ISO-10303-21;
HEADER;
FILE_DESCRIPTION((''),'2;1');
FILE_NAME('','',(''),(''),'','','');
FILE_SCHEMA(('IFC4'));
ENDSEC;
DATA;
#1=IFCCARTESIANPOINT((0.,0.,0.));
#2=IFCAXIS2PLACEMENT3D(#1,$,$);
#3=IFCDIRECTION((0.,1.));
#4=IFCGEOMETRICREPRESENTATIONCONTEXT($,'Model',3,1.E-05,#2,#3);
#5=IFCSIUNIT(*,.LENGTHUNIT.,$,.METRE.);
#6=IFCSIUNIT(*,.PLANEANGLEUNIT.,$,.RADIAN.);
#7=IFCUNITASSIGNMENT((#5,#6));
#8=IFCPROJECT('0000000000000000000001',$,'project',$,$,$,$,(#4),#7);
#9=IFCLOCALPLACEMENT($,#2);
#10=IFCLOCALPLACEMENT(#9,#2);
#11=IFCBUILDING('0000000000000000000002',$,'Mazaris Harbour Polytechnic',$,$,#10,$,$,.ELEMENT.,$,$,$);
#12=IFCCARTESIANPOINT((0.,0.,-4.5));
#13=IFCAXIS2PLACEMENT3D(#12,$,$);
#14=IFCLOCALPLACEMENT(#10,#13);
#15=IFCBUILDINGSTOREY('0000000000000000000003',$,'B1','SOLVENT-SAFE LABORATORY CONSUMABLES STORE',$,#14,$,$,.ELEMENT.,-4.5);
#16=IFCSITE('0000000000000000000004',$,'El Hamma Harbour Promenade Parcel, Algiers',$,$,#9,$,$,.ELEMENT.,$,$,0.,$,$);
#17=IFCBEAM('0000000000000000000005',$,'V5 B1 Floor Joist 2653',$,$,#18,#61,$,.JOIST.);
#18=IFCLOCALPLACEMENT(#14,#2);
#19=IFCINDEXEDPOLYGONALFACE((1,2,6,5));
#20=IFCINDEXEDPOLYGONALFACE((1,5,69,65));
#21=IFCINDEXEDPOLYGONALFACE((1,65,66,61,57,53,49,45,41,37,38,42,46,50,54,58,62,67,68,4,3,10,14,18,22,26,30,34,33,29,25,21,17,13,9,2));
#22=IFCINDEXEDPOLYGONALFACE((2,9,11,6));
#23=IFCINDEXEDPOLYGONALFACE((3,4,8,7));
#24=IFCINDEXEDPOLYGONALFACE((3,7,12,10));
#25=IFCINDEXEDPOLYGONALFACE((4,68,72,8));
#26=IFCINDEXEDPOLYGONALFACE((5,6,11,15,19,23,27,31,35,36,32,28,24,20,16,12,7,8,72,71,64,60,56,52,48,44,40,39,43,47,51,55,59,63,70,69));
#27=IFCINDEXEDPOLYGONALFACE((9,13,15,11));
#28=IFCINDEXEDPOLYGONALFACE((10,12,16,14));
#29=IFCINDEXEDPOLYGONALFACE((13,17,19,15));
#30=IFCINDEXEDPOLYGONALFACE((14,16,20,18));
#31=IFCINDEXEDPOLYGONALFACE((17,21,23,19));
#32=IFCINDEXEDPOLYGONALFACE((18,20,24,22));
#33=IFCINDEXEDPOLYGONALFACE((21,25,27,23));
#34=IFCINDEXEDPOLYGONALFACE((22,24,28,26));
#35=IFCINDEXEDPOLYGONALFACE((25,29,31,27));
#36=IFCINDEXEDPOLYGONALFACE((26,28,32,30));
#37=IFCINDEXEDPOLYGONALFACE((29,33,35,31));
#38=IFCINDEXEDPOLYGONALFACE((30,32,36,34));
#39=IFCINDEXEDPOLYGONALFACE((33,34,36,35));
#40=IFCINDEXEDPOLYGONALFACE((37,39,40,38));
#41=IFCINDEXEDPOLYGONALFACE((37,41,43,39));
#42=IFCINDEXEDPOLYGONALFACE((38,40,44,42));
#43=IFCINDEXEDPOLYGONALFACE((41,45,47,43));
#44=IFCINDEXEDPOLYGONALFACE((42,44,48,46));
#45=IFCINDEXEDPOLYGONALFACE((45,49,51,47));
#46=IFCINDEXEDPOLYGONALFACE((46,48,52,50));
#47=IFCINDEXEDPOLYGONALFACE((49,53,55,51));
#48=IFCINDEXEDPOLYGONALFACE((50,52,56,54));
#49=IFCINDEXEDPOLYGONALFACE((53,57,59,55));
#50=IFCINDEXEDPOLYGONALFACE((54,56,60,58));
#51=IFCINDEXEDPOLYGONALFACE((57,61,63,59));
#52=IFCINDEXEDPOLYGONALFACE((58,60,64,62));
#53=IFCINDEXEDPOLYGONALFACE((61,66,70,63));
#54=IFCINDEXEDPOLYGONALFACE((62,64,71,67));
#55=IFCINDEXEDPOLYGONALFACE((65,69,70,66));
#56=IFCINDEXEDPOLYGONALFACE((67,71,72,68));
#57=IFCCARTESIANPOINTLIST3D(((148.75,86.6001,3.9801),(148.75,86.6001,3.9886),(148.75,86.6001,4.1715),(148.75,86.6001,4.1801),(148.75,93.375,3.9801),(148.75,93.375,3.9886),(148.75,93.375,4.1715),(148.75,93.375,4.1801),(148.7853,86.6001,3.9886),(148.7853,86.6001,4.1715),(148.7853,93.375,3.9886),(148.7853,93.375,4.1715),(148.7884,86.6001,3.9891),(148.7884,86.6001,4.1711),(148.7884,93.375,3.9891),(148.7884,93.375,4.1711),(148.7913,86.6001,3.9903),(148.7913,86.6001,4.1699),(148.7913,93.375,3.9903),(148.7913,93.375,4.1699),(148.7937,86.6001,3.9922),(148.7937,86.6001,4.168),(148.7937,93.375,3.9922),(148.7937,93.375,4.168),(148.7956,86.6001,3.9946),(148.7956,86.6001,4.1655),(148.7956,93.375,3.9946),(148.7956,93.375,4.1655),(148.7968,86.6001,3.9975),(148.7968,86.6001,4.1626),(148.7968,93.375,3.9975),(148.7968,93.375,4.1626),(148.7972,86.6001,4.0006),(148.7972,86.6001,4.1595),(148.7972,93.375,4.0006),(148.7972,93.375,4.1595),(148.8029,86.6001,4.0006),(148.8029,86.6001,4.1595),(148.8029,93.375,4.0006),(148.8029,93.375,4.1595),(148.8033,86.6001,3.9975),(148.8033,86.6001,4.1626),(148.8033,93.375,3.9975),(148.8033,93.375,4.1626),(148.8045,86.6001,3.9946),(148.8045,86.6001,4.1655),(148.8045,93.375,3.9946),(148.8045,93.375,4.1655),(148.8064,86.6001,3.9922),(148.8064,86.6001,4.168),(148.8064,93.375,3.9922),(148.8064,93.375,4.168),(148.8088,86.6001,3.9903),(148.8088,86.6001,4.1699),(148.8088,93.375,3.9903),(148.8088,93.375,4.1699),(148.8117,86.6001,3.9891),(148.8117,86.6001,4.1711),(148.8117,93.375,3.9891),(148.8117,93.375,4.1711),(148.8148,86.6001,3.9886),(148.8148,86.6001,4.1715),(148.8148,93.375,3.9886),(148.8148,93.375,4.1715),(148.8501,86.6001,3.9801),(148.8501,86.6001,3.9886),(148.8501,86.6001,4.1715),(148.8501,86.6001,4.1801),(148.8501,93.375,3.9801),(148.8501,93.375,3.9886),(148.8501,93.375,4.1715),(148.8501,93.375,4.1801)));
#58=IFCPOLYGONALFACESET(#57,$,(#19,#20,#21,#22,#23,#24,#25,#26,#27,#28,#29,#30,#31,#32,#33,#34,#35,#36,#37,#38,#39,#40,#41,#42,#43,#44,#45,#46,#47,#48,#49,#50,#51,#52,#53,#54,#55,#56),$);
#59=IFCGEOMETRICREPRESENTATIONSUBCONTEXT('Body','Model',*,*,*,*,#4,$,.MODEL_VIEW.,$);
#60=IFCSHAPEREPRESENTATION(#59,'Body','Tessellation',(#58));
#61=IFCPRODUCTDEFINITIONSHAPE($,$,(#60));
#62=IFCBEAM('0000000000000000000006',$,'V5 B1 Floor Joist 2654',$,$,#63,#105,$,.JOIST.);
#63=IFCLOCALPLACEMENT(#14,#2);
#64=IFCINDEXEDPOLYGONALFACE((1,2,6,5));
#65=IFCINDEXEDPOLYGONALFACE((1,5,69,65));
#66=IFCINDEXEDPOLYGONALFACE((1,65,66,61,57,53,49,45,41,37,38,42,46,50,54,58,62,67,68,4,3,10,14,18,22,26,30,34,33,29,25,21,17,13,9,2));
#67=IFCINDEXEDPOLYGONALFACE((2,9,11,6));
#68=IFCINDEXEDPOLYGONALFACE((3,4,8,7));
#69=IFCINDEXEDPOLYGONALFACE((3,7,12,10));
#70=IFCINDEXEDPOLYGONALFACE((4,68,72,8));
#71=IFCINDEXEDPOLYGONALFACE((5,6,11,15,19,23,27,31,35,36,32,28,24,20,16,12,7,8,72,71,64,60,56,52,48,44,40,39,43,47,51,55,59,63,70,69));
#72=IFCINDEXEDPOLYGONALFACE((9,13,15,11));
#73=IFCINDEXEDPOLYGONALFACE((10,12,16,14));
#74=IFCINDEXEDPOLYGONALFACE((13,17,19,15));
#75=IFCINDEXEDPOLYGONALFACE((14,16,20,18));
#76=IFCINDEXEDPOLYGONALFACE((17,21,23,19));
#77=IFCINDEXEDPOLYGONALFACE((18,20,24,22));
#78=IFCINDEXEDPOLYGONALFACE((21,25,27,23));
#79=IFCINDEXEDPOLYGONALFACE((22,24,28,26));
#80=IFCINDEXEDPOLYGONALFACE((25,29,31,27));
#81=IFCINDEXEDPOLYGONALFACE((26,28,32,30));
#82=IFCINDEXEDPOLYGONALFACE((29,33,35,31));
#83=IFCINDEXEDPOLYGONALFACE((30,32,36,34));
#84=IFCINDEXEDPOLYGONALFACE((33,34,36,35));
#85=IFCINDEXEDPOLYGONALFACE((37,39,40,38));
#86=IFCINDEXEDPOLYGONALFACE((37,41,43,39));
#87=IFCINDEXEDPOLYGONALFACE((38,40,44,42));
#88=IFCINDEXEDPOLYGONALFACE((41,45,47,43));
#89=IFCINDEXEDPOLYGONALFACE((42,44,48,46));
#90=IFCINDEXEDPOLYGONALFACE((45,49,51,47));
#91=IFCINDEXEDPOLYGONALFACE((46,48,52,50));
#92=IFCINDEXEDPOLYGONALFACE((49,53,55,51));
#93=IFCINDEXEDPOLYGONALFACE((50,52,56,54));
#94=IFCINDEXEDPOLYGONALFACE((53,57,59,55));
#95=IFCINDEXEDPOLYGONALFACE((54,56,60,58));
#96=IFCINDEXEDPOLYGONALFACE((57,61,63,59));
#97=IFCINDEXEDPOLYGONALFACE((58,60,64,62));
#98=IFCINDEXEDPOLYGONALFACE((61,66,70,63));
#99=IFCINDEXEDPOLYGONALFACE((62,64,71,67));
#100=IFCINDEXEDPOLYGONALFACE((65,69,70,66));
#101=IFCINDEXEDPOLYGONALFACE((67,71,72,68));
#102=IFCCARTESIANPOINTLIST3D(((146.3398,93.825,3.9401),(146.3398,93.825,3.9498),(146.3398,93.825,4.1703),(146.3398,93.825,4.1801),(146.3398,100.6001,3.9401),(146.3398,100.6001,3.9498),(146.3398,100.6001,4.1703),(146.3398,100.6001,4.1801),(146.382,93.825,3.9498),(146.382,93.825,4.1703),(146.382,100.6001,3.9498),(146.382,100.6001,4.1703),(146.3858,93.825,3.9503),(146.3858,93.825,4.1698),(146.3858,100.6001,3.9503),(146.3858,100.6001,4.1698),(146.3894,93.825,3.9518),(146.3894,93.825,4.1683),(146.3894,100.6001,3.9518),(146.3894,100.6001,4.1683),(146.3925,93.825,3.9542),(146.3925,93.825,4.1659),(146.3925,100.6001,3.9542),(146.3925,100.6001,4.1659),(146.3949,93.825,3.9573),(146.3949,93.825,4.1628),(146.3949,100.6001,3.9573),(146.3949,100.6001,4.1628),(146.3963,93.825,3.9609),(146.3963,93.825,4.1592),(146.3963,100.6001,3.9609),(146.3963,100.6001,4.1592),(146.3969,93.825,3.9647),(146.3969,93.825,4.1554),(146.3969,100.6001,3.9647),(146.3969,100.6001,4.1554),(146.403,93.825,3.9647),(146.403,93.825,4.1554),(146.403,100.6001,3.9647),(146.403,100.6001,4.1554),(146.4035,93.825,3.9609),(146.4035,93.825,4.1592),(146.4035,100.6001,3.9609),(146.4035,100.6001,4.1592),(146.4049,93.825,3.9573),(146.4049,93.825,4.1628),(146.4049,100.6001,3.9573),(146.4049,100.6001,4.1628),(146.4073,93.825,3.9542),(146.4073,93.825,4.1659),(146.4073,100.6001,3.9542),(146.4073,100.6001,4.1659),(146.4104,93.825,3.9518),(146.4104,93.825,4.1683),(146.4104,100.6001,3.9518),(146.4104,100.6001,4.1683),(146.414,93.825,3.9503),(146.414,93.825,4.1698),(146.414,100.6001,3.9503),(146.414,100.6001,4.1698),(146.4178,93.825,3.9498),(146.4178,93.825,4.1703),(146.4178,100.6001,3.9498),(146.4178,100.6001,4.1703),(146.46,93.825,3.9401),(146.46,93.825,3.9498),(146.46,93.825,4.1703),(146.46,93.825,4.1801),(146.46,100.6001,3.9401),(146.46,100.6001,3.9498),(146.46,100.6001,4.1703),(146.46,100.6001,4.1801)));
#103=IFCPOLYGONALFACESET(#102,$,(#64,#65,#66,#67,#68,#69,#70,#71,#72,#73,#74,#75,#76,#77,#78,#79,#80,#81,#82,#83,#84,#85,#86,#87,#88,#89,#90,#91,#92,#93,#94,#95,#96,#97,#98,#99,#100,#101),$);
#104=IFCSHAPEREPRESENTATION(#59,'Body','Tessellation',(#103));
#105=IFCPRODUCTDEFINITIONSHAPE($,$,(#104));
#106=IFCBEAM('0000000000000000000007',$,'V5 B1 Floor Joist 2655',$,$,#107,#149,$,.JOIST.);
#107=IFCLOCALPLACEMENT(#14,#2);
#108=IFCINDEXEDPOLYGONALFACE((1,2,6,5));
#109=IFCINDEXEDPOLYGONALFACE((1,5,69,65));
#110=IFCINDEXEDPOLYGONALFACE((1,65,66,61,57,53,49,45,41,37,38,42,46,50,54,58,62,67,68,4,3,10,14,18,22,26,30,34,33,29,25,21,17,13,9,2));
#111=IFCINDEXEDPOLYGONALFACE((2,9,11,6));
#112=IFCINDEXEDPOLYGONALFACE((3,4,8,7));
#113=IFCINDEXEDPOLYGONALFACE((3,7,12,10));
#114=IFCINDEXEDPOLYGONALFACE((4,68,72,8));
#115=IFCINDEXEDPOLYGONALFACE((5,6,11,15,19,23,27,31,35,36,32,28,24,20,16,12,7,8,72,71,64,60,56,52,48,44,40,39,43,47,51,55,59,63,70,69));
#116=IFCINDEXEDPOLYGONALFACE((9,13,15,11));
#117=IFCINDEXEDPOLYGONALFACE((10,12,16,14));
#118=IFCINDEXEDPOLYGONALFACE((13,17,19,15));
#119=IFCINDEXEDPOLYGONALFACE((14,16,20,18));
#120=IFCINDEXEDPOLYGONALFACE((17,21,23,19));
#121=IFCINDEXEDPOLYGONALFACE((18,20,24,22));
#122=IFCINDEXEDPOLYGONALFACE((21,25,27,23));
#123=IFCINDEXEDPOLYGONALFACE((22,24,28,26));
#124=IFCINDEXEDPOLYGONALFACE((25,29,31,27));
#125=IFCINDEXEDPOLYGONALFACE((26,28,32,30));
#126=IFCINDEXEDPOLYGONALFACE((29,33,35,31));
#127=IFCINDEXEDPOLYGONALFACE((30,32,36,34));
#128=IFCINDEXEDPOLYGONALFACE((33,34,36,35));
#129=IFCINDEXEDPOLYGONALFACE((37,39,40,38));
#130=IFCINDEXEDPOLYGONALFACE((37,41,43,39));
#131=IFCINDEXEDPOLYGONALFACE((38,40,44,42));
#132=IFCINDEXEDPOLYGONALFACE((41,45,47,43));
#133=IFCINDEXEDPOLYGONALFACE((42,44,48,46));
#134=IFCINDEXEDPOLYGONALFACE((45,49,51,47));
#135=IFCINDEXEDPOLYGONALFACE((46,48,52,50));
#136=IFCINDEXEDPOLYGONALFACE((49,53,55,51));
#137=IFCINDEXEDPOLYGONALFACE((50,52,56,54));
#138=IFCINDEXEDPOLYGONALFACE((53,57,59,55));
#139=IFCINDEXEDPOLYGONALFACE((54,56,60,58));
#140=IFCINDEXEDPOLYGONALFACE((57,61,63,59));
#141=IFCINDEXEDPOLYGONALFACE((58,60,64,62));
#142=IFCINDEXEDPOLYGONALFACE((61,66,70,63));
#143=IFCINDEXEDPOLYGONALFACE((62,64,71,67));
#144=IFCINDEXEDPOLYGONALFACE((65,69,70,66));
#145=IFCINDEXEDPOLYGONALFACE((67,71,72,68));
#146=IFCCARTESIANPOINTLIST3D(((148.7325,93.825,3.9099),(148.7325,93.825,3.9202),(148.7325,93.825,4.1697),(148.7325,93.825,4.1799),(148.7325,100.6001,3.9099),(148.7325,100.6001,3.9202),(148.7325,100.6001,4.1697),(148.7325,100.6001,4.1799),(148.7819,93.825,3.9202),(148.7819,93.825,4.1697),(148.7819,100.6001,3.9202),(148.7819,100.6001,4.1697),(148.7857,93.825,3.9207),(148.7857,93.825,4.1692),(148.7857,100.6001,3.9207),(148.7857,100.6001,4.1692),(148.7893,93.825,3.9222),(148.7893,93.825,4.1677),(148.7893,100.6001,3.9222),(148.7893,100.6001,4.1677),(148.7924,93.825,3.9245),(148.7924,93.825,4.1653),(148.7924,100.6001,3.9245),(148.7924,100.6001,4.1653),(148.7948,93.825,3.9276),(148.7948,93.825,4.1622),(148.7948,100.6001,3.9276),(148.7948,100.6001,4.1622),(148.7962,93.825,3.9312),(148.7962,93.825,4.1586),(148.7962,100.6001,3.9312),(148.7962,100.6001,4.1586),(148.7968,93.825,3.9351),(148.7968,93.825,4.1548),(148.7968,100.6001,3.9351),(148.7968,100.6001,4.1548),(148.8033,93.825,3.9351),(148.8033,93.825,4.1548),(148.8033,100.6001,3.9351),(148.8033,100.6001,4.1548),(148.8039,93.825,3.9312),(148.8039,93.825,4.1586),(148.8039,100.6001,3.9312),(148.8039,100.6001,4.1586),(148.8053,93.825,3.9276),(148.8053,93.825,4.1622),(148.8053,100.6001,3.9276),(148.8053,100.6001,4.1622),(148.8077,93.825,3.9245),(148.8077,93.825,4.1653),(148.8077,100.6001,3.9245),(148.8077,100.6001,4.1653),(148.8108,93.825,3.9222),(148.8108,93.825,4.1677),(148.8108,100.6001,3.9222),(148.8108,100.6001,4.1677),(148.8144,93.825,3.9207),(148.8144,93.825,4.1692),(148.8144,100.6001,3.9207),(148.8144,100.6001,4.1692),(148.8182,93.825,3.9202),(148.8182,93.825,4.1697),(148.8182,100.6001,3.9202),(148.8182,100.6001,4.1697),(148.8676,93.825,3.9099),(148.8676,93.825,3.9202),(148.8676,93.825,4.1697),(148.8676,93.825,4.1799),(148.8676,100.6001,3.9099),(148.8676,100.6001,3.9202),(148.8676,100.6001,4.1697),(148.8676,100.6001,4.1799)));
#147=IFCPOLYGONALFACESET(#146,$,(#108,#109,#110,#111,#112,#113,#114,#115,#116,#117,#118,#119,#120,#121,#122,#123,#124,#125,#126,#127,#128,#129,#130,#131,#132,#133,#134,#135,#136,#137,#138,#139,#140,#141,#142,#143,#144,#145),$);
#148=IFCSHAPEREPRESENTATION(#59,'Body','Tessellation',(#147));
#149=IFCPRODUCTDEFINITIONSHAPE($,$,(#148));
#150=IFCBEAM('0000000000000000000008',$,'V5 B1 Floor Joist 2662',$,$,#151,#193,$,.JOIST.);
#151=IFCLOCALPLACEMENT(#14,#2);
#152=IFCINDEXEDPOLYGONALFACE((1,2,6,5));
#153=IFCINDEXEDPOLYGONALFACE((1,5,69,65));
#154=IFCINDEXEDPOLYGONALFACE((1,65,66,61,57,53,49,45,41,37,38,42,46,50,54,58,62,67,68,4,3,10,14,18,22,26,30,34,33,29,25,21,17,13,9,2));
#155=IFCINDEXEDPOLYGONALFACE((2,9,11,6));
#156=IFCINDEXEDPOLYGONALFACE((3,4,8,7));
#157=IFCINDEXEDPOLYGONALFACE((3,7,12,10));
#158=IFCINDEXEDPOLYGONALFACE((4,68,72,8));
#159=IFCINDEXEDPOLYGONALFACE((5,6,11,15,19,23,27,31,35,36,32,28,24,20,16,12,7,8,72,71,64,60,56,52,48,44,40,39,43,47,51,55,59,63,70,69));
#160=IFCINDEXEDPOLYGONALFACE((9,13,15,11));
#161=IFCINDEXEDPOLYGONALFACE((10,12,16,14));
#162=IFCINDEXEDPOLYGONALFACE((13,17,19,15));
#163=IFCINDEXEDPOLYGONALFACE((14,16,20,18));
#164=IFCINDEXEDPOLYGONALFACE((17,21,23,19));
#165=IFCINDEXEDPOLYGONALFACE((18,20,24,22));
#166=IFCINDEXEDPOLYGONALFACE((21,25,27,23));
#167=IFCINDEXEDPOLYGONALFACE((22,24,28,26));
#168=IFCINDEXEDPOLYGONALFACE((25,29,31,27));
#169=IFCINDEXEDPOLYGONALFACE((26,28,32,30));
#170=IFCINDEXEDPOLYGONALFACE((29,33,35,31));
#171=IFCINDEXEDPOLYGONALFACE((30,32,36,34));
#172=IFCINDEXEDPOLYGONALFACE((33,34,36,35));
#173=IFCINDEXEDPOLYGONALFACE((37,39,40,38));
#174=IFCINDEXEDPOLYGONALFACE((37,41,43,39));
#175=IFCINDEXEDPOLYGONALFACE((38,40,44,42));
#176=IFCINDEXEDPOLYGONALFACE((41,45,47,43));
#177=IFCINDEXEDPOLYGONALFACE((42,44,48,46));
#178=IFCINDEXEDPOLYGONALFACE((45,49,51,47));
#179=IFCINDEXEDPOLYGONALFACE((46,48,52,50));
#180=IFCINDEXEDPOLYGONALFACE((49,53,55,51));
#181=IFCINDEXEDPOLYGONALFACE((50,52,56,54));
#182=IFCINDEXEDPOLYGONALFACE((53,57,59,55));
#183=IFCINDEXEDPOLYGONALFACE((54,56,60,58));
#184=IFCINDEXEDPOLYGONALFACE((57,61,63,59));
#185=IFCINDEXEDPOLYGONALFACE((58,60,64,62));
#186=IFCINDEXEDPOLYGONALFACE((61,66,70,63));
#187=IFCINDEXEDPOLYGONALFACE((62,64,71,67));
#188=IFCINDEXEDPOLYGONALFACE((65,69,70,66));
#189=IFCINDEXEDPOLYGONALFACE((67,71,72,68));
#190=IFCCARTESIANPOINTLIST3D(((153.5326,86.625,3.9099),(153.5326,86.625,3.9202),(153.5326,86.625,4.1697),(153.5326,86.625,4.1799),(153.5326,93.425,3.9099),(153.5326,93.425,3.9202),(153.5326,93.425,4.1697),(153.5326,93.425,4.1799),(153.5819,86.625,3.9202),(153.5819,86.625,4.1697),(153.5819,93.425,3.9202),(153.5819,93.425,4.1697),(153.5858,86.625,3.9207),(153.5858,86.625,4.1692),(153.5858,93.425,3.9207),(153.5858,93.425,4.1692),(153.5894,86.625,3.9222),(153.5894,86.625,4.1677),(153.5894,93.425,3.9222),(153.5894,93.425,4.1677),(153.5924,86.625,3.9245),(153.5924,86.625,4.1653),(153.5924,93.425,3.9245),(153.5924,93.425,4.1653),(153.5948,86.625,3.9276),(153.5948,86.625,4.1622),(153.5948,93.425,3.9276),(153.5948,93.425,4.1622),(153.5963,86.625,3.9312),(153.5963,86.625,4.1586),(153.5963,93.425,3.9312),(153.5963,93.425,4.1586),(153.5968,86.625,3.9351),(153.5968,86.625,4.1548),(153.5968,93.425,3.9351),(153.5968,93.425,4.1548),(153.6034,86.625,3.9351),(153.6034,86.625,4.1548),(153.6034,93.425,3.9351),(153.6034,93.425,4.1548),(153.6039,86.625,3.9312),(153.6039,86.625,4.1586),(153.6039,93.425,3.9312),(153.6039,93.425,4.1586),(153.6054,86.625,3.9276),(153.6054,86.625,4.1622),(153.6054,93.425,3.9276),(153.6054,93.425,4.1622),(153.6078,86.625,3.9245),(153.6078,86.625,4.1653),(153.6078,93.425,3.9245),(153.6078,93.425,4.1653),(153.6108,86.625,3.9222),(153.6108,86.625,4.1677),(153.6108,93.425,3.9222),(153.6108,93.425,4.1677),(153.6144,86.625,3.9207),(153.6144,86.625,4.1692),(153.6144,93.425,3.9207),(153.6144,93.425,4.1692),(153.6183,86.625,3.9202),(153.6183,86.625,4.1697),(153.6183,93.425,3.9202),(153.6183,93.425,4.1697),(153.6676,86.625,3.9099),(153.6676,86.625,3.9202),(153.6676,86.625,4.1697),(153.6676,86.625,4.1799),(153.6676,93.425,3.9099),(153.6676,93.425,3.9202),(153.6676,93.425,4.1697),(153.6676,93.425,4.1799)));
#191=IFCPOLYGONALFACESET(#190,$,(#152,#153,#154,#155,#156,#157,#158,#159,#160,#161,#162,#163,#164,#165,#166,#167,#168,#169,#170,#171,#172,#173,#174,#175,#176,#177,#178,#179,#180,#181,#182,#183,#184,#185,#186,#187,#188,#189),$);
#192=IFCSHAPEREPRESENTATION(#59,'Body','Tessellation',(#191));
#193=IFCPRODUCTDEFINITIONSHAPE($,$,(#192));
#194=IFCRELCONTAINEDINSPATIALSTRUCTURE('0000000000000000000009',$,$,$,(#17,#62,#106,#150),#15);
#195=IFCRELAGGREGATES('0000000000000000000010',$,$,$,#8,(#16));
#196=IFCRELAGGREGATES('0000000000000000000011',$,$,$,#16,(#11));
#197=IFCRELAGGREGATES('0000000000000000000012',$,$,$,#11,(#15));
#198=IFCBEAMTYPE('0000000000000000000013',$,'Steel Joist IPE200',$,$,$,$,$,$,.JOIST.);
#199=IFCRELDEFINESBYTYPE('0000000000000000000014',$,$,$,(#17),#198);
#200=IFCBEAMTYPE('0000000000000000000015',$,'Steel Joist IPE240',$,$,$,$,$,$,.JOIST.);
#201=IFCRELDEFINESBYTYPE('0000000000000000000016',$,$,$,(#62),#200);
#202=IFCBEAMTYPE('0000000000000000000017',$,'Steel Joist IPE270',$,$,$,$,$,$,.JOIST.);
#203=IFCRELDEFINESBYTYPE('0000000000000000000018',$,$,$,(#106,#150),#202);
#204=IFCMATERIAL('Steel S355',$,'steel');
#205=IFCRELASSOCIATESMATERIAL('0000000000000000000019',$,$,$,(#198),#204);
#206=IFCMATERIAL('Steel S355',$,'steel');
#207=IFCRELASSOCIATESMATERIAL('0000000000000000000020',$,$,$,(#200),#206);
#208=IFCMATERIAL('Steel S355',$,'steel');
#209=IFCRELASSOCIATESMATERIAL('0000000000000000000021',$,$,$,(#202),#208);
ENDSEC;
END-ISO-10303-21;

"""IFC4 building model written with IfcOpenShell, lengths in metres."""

from ifc_helpers import new_model, si_unit, direction, frame, origin, origin_2d, place, context, subcontext, project, spatial, i_section, extrude, material, material_profile, profile_set, type_object, element, save


model = new_model("IFC4")

# Units and contexts
model_context = context("Model", 3, precision=1e-05, world=origin(), true_north=direction((0.0, 1.0)))
body_context = subcontext(model_context, "Body", "Model", "MODEL_VIEW")
ifc_project = project(units=[si_unit("LENGTHUNIT", "METRE"), si_unit("PLANEANGLEUNIT", "RADIAN")], contexts=[model_context])

# Site, building, storey
site_placement = place(None, origin())
site = spatial("IfcSite", under=ifc_project, at=site_placement, Name="El Hamma Harbour Promenade Parcel, Algiers", CompositionType="ELEMENT", RefElevation=0.0)
building_placement = place(site_placement, origin())
building = spatial("IfcBuilding", under=site, at=building_placement, Name="Mazaris Harbour Polytechnic", CompositionType="ELEMENT")
storey_placement = place(building_placement, frame((0.0, 0.0, -4.5)))
storey = spatial("IfcBuildingStorey", under=building, at=storey_placement, Name="B1", Description="SOLVENT-SAFE LABORATORY CONSUMABLES STORE", CompositionType="ELEMENT", Elevation=-4.5)

# Beams
ifc_material_1 = material(Name="Steel S355", Category="steel")
ifc_material_profile_1 = material_profile(ifc_material_1, i_section(OverallWidth=0.1001, OverallDepth=0.2, WebThickness=0.0056, FlangeThickness=0.0085, FilletRadius=0.012, at=origin_2d()), Name="IPE 200")
ifc_profile_set_1 = profile_set([ifc_material_profile_1], Name="Steel S355")
beam_type_1 = type_object("IfcBeamType", Name="Steel Joist IPE200", PredefinedType="JOIST", material=ifc_profile_set_1)
beam_1_placement = place(storey_placement, frame((148.8, 86.6001, 4.0801), z_axis=(0.0, 1.0, 0.0), x_axis=(-1.0, 0.0, 0.0)))
element("IfcBeam", 1, at=beam_1_placement, inside=storey, type_object=beam_type_1, Name="V5 B1 Floor Joist 2653", PredefinedType="JOIST", context=body_context, shape_type="SweptSolid", body=[
    extrude(i_section(OverallWidth=0.1001, OverallDepth=0.2, WebThickness=0.0056, FlangeThickness=0.0085, FilletRadius=0.012, at=origin_2d()), origin(), (0.0, 0.0, 1.0), 6.7749),
])
ifc_material_2 = material(Name="Steel S355", Category="steel")
ifc_material_profile_2 = material_profile(ifc_material_2, i_section(OverallWidth=0.1201, OverallDepth=0.24, WebThickness=0.0061, FlangeThickness=0.0098, FilletRadius=0.0149, at=origin_2d()), Name="IPE 240")
ifc_profile_set_2 = profile_set([ifc_material_profile_2], Name="Steel S355")
beam_type_2 = type_object("IfcBeamType", Name="Steel Joist IPE240", PredefinedType="JOIST", material=ifc_profile_set_2)
beam_2_placement = place(storey_placement, frame((146.3999, 93.825, 4.0601), z_axis=(0.0, 1.0, 0.0), x_axis=(-1.0, 0.0, 0.0)))
element("IfcBeam", 2, at=beam_2_placement, inside=storey, type_object=beam_type_2, Name="V5 B1 Floor Joist 2654", PredefinedType="JOIST", context=body_context, shape_type="SweptSolid", body=[
    extrude(i_section(OverallWidth=0.1201, OverallDepth=0.24, WebThickness=0.0061, FlangeThickness=0.0098, FilletRadius=0.0149, at=origin_2d()), origin(), (0.0, 0.0, 1.0), 6.7751),
])
ifc_material_3 = material(Name="Steel S355", Category="steel")
ifc_material_profile_3 = material_profile(ifc_material_3, i_section(OverallWidth=0.135, OverallDepth=0.27, WebThickness=0.0066, FlangeThickness=0.0103, FilletRadius=0.0149, at=origin_2d()), Name="IPE 270")
ifc_profile_set_3 = profile_set([ifc_material_profile_3], Name="Steel S355")
beam_type_3 = type_object("IfcBeamType", Name="Steel Joist IPE270", PredefinedType="JOIST", material=ifc_profile_set_3)
beam_3_placement = place(storey_placement, frame((148.8, 93.825, 4.0449), z_axis=(0.0, 1.0, 0.0), x_axis=(-1.0, 0.0, 0.0)))
element("IfcBeam", 3, at=beam_3_placement, inside=storey, type_object=beam_type_3, Name="V5 B1 Floor Joist 2655", PredefinedType="JOIST", context=body_context, shape_type="SweptSolid", body=[
    extrude(i_section(OverallWidth=0.135, OverallDepth=0.27, WebThickness=0.0066, FlangeThickness=0.0103, FilletRadius=0.0149, at=origin_2d()), origin(), (0.0, 0.0, 1.0), 6.7751),
])
beam_4_placement = place(storey_placement, frame((153.6001, 86.625, 4.0449), z_axis=(0.0, 1.0, 0.0), x_axis=(-1.0, 0.0, 0.0)))
element("IfcBeam", 4, at=beam_4_placement, inside=storey, type_object=beam_type_3, Name="V5 B1 Floor Joist 2662", PredefinedType="JOIST", context=body_context, shape_type="SweptSolid", body=[
    extrude(i_section(OverallWidth=0.135, OverallDepth=0.27, WebThickness=0.0066, FlangeThickness=0.0103, FilletRadius=0.0149, at=origin_2d()), origin(), (0.0, 0.0, 1.0), 6.8),
])

save(model, "model.ifc")
